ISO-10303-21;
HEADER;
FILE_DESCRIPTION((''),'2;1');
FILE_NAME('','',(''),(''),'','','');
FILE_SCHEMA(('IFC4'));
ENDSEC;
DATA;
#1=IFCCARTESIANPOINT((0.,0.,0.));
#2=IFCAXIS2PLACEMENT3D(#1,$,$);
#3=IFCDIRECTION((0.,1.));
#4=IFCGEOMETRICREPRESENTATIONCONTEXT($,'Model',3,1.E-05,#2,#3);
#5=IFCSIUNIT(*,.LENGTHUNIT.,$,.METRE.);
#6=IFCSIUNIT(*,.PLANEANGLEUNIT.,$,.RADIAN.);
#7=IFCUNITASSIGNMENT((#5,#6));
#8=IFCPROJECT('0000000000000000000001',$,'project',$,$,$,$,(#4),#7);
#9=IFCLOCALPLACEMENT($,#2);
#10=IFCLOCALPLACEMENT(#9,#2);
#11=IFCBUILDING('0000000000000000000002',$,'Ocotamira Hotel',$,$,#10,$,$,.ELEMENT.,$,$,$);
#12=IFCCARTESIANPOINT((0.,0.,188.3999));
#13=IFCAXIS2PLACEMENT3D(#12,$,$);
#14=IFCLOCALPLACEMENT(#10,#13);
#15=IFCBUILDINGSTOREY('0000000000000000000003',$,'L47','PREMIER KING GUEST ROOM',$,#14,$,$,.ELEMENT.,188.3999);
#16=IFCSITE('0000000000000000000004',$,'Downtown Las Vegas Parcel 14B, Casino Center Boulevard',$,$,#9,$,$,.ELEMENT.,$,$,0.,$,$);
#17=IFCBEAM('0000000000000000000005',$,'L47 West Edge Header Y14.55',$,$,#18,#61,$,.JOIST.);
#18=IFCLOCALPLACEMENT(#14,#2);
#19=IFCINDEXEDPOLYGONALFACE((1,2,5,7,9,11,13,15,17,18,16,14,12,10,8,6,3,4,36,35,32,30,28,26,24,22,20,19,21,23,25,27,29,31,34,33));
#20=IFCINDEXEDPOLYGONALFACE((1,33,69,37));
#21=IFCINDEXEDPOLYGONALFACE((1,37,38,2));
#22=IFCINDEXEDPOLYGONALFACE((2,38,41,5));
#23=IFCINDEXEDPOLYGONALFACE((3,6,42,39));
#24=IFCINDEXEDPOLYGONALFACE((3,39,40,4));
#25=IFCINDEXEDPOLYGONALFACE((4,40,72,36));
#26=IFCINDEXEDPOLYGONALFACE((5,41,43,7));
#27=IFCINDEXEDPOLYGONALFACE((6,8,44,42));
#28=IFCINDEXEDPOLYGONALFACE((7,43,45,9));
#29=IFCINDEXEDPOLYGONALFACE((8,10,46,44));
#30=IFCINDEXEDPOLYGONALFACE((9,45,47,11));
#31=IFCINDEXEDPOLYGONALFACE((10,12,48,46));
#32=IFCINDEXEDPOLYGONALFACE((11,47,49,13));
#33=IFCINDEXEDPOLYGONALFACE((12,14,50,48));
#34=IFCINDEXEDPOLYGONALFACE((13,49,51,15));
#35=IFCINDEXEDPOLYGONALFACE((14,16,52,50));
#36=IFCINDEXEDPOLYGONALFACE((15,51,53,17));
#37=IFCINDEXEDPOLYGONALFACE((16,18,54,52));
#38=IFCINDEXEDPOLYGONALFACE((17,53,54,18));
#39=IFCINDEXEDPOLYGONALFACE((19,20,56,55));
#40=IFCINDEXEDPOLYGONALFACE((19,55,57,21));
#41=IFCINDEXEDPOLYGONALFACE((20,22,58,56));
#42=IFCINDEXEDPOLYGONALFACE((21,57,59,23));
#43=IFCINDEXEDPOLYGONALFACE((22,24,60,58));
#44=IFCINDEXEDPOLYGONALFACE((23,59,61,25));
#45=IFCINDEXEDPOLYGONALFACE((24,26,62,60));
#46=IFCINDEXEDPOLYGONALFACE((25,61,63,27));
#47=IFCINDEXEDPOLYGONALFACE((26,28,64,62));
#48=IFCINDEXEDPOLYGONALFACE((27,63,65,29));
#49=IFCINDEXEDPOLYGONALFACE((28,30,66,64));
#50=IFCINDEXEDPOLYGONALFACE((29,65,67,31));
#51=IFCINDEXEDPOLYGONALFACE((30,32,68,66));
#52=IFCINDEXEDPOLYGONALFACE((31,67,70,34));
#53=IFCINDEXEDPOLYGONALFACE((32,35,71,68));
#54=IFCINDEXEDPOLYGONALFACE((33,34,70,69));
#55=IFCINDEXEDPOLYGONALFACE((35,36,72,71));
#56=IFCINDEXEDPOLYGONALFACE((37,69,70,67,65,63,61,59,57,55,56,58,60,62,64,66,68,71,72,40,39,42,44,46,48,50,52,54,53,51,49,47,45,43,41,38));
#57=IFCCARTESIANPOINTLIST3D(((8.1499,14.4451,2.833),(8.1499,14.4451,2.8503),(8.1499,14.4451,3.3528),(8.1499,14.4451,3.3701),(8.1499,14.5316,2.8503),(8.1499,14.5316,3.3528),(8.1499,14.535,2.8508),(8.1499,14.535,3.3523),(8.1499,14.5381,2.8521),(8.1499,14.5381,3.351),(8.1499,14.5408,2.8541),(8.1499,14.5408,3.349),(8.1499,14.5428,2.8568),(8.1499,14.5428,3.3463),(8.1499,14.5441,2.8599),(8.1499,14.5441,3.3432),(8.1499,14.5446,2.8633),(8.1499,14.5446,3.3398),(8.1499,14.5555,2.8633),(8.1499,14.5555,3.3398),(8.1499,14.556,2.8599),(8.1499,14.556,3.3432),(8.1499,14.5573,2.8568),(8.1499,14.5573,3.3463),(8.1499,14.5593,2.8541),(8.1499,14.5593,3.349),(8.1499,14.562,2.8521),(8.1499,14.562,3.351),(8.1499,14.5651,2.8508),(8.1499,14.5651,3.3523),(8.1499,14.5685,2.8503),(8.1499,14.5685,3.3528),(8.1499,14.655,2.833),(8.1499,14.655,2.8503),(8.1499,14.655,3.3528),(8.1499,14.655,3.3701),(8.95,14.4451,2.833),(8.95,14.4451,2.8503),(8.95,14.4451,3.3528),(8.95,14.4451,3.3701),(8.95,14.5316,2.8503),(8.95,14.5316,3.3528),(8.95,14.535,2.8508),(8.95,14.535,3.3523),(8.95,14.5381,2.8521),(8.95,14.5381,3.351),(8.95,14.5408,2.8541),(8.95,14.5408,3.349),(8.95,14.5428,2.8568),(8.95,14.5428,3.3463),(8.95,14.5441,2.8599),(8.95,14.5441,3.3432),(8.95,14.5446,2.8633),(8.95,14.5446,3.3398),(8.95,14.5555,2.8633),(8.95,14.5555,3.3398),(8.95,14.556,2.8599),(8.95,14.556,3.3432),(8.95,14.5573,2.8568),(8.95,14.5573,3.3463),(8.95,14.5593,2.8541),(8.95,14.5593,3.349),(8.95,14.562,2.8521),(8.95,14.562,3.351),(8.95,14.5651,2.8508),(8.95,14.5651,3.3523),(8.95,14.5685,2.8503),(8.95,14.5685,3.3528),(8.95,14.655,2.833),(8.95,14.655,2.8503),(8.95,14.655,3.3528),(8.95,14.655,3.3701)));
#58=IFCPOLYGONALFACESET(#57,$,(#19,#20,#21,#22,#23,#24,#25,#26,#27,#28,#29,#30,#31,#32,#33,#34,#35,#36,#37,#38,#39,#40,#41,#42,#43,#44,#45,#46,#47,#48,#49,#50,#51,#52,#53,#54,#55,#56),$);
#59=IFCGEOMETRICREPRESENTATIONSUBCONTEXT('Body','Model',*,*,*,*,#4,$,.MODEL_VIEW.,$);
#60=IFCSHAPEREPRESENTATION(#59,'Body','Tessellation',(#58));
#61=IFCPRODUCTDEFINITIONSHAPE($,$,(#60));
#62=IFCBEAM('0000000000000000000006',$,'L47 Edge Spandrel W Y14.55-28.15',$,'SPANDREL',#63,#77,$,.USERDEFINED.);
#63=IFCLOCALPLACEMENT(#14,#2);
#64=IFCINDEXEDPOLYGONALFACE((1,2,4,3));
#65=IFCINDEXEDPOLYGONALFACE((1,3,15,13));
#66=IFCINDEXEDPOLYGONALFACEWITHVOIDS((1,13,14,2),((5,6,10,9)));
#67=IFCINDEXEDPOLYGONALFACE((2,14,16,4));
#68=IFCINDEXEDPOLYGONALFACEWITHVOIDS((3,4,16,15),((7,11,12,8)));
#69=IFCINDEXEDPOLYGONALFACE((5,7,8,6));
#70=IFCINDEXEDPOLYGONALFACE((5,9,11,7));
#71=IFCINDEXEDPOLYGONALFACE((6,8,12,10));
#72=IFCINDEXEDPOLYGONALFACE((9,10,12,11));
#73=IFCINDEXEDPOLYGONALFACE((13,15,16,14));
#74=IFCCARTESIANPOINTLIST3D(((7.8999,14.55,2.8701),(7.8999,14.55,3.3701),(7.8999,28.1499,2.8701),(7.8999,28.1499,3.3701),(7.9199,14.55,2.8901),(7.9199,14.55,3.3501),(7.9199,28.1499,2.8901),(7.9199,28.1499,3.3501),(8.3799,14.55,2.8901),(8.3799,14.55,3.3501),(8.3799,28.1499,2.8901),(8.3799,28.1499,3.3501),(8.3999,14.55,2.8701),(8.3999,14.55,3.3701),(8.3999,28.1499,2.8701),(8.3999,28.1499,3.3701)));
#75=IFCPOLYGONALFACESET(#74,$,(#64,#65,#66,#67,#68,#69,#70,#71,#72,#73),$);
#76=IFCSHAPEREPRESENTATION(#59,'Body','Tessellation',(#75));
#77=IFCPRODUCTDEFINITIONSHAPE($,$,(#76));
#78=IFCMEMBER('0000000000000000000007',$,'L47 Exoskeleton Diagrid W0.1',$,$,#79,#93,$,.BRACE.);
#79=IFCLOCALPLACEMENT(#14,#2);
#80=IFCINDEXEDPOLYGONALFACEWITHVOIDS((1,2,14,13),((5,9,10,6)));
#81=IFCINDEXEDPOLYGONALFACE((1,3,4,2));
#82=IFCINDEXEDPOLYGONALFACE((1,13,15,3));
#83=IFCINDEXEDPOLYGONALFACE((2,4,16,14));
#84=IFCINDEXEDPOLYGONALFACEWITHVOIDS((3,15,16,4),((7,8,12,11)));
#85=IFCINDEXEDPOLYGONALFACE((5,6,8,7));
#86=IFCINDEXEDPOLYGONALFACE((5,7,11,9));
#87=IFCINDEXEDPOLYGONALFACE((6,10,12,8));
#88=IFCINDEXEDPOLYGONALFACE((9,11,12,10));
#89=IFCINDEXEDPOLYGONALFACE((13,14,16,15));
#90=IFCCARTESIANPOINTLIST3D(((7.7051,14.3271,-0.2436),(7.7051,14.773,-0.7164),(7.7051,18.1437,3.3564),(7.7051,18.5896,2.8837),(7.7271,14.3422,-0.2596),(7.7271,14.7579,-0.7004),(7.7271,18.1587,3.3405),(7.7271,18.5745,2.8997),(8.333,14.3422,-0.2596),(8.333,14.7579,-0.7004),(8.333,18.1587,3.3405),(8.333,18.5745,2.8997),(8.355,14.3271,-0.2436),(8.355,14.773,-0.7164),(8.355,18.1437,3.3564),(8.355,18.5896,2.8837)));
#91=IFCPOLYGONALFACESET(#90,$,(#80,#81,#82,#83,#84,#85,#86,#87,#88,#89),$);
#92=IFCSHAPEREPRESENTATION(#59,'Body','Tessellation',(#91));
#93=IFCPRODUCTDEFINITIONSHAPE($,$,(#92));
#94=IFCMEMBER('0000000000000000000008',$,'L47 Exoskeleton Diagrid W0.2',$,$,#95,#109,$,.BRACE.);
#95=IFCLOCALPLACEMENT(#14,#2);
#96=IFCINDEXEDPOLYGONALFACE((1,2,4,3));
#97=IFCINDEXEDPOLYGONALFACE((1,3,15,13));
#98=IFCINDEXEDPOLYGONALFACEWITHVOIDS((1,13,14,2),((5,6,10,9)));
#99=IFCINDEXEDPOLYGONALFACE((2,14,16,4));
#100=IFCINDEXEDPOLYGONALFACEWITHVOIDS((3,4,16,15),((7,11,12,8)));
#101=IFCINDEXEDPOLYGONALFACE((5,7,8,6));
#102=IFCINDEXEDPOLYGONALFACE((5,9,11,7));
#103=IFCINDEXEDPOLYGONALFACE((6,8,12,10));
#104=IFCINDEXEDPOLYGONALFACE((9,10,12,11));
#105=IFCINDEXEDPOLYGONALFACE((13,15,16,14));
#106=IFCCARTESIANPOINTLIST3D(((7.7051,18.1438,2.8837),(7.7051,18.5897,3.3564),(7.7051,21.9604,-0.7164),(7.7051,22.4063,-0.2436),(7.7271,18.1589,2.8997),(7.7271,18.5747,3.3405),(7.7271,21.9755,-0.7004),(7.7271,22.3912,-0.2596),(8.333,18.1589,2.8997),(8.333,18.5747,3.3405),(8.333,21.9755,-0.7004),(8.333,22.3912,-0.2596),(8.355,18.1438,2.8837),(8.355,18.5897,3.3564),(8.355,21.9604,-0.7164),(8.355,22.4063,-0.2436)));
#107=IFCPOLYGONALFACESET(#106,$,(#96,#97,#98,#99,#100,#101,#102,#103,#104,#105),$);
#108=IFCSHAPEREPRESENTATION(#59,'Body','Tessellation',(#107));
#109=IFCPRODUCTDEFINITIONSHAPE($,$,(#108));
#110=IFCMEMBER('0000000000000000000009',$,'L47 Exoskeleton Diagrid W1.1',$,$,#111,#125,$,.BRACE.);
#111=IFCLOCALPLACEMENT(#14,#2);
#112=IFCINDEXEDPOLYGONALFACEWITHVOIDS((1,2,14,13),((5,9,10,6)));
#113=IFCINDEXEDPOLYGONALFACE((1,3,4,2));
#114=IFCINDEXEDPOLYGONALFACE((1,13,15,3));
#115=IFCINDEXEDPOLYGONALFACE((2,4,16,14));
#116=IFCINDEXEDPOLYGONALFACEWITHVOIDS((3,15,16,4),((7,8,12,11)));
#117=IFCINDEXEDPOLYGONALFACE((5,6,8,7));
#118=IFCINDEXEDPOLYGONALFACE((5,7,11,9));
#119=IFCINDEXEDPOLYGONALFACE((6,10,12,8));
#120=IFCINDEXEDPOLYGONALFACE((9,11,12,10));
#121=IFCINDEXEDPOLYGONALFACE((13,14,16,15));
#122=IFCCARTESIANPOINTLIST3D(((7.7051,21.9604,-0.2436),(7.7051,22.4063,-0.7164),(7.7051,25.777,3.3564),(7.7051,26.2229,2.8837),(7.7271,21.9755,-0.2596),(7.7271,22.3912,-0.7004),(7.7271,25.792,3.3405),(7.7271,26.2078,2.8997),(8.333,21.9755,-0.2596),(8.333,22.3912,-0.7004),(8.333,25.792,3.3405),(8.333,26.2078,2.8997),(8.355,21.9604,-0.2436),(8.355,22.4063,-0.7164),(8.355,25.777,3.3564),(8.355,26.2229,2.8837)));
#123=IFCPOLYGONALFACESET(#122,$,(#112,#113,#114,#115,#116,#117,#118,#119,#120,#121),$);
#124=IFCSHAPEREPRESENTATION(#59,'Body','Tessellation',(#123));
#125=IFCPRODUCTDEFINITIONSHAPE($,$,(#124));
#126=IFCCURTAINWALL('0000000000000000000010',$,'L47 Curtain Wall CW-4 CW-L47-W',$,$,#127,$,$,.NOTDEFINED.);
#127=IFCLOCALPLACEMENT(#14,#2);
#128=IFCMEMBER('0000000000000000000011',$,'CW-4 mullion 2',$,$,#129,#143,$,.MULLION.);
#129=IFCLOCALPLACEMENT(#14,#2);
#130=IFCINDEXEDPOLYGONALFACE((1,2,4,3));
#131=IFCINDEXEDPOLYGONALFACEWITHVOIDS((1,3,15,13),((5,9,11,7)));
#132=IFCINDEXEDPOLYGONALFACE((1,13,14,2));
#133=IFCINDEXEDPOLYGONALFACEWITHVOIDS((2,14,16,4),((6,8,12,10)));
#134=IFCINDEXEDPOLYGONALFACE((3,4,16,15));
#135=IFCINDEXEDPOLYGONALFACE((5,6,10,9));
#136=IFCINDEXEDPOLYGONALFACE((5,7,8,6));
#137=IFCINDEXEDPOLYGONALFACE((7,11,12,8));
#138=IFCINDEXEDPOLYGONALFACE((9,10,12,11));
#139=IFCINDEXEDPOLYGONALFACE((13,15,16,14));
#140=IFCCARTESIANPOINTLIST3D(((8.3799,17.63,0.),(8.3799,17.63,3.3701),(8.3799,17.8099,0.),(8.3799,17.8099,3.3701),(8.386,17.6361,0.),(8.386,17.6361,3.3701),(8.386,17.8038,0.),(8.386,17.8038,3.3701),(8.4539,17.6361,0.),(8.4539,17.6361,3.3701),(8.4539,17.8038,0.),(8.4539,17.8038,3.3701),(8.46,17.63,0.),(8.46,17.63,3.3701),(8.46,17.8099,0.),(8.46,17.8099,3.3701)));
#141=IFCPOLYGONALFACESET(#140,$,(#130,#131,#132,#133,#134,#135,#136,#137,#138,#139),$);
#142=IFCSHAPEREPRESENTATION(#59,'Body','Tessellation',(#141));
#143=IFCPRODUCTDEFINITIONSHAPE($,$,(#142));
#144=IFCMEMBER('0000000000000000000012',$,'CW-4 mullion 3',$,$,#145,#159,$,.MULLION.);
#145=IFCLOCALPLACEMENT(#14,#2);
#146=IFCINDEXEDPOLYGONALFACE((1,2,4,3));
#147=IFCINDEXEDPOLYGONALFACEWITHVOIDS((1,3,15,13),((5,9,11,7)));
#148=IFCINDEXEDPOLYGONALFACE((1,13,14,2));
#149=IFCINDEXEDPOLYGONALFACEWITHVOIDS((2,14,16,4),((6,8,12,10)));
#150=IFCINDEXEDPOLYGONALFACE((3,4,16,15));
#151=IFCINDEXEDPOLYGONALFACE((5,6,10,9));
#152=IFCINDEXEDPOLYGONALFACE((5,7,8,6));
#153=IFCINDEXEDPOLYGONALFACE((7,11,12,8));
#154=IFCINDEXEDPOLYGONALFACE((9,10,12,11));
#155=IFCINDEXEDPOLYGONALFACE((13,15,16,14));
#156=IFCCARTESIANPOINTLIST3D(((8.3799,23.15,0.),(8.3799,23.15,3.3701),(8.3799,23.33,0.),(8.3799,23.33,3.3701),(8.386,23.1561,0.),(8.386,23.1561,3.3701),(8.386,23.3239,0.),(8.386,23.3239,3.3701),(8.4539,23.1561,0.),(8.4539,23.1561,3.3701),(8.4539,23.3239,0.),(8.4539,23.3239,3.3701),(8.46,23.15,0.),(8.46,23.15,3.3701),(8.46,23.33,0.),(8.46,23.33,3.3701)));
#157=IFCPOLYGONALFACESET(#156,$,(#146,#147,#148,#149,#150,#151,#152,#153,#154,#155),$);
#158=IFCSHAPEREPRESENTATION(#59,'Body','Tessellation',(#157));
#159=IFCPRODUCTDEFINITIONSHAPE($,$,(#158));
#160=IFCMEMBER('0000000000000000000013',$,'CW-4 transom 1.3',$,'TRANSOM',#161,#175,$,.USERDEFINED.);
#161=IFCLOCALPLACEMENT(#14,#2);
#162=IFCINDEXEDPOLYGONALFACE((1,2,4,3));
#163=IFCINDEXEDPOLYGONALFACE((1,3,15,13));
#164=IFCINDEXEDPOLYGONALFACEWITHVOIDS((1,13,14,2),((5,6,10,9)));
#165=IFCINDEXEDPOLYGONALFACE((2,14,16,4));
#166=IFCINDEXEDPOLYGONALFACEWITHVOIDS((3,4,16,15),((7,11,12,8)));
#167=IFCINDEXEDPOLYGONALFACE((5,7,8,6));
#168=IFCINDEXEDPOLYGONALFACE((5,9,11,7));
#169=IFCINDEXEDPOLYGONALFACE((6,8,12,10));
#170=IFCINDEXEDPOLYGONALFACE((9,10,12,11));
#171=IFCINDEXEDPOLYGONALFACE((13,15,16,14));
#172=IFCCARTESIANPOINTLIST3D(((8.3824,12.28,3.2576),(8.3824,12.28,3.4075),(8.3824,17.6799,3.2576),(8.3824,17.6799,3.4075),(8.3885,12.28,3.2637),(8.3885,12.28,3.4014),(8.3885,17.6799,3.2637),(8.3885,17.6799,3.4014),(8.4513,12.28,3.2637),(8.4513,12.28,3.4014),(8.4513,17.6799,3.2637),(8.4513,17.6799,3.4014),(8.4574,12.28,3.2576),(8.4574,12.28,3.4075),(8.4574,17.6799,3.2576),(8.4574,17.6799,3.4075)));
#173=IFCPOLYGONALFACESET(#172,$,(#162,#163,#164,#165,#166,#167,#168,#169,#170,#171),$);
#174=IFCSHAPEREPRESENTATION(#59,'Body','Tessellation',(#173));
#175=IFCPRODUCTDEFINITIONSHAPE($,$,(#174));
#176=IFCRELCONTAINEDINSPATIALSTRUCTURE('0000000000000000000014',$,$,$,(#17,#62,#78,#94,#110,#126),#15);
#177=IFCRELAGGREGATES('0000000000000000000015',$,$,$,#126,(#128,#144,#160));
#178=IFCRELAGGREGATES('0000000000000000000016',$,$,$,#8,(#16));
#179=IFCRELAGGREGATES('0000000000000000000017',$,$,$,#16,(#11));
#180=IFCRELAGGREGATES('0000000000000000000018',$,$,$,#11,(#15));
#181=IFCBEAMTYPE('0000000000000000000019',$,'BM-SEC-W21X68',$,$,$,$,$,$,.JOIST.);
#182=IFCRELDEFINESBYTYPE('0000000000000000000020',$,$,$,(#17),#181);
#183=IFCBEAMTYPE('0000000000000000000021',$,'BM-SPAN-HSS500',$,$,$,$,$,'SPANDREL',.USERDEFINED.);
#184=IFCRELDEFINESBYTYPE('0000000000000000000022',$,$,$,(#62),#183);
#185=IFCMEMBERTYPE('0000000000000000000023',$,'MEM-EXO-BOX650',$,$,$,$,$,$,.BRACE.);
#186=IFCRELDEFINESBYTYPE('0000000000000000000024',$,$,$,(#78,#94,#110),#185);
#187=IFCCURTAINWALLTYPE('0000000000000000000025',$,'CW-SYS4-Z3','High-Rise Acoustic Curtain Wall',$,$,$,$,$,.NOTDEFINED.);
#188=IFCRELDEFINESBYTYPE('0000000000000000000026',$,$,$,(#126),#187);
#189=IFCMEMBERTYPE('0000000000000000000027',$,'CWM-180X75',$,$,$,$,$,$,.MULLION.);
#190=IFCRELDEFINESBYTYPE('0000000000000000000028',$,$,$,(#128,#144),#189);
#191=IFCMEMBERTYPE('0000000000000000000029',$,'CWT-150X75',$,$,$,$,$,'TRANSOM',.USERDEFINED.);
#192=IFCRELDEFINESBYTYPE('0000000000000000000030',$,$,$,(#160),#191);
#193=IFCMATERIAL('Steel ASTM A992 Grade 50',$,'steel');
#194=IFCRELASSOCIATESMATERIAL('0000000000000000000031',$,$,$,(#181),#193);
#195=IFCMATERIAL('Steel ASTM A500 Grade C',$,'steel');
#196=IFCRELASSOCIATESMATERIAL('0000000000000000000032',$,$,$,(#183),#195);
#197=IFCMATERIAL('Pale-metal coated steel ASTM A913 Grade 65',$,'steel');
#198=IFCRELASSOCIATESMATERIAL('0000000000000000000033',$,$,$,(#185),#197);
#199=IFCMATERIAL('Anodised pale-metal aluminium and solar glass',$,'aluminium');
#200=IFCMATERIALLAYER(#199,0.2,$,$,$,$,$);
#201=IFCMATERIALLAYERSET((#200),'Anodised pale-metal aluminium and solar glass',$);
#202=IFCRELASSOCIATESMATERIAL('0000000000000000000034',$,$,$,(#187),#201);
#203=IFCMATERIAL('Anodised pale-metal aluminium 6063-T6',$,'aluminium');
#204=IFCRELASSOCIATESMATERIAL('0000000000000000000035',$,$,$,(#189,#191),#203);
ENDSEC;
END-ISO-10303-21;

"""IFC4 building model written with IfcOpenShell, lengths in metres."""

from ifc_helpers import new_model, si_unit, direction, frame, origin, origin_2d, place, context, subcontext, project, spatial, hollow_rectangle, i_section, extrude, source, transform, mapped, material, layer, layer_set, material_profile, profile_set, type_object, element, aggregate, save


model = new_model("IFC4")

# Units and contexts
model_context = context("Model", 3, precision=1e-05, world=origin(), true_north=direction((0.0, 1.0)))
body_context = subcontext(model_context, "Body", "Model", "MODEL_VIEW")
ifc_project = project(units=[si_unit("LENGTHUNIT", "METRE"), si_unit("PLANEANGLEUNIT", "RADIAN")], contexts=[model_context])

# Site, building, storey
site_placement = place(None, origin())
site = spatial("IfcSite", under=ifc_project, at=site_placement, Name="Downtown Las Vegas Parcel 14B, Casino Center Boulevard", CompositionType="ELEMENT", RefElevation=0.0)
building_placement = place(site_placement, origin())
building = spatial("IfcBuilding", under=site, at=building_placement, Name="Ocotamira Hotel", CompositionType="ELEMENT")
storey_placement = place(building_placement, frame((0.0, 0.0, 188.3999)))
storey = spatial("IfcBuildingStorey", under=building, at=storey_placement, Name="L47", Description="PREMIER KING GUEST ROOM", CompositionType="ELEMENT", Elevation=188.3999)

# Beams
ifc_material_1 = material(Name="Steel ASTM A992 Grade 50", Category="steel")
ifc_material_profile_1 = material_profile(ifc_material_1, i_section(OverallWidth=0.21, OverallDepth=0.5371, WebThickness=0.011, FlangeThickness=0.0173, FilletRadius=0.0129, at=origin_2d()), Name="W21X68")
ifc_profile_set_1 = profile_set([ifc_material_profile_1], Name="Steel ASTM A992 Grade 50")
beam_type_1 = type_object("IfcBeamType", Name="BM-SEC-W21X68", PredefinedType="JOIST", material=ifc_profile_set_1)
shared_shape_1 = source(origin(), body_context, "Body", "SweptSolid", [
    extrude(i_section(OverallWidth=0.21, OverallDepth=0.5371, WebThickness=0.011, FlangeThickness=0.0173, FilletRadius=0.0129, at=origin_2d()), origin(), (0.0, 0.0, 1.0), 0.8),
])
beam_1_placement = place(storey_placement, frame((8.95, 14.55, 3.1016), z_axis=(-1.0, 0.0, 0.0), x_axis=(0.0, -1.0, 0.0)))
element("IfcBeam", 1, at=beam_1_placement, inside=storey, type_object=beam_type_1, Name="L47 West Edge Header Y14.55", PredefinedType="JOIST", context=body_context, shape_type="MappedRepresentation", body=[
    mapped(shared_shape_1, transform((0.0, 0.0, 0.0), scale=1.0)),
])
ifc_material_2 = material(Name="Steel ASTM A500 Grade C", Category="steel")
ifc_material_profile_2 = material_profile(ifc_material_2, hollow_rectangle(XDim=0.5, YDim=0.5, WallThickness=0.02, at=origin_2d()), Name="HSS500X500X20")
ifc_profile_set_2 = profile_set([ifc_material_profile_2], Name="Steel ASTM A500 Grade C")
beam_type_2 = type_object("IfcBeamType", Name="BM-SPAN-HSS500", ElementType="SPANDREL", PredefinedType="USERDEFINED", material=ifc_profile_set_2)
shared_shape_2 = source(origin(), body_context, "Body", "SweptSolid", [
    extrude(hollow_rectangle(XDim=0.5, YDim=0.5, WallThickness=0.02, at=origin_2d()), origin(), (0.0, 0.0, 1.0), 13.5999),
])
beam_2_placement = place(storey_placement, frame((8.1499, 14.55, 3.1201), z_axis=(0.0, 1.0, 0.0), x_axis=(-1.0, 0.0, 0.0)))
element("IfcBeam", 2, at=beam_2_placement, inside=storey, type_object=beam_type_2, Name="L47 Edge Spandrel W Y14.55-28.15", ObjectType="SPANDREL", PredefinedType="USERDEFINED", context=body_context, shape_type="MappedRepresentation", body=[
    mapped(shared_shape_2, transform((0.0, 0.0, 0.0), scale=1.0)),
])

# Members
ifc_material_3 = material(Name="Pale-metal coated steel ASTM A913 Grade 65", Category="steel")
ifc_material_profile_3 = material_profile(ifc_material_3, hollow_rectangle(XDim=0.6499, YDim=0.6499, WallThickness=0.022, at=origin_2d()), Name="BOX650X650X22")
ifc_profile_set_3 = profile_set([ifc_material_profile_3], Name="Pale-metal coated steel ASTM A913 Grade 65")
member_type_1 = type_object("IfcMemberType", Name="MEM-EXO-BOX650", PredefinedType="BRACE", material=ifc_profile_set_3)
shared_shape_3 = source(origin(), body_context, "Body", "SweptSolid", [
    extrude(hollow_rectangle(XDim=0.6499, YDim=0.6499, WallThickness=0.022, at=origin_2d()), origin(), (0.0, 0.0, 1.0), 5.2466),
])
for number, where, z_axis, x_axis, name in (
    (3, (8.03, 14.55, -0.48), (0.0, 0.727443, 0.686168), (-1.0, 0.0, 0.0), "L47 Exoskeleton Diagrid W0.1"),
    (4, (8.03, 22.1833, -0.48), (0.0, -0.727443, 0.686168), (1.0, 0.0, 0.0), "L47 Exoskeleton Diagrid W0.2"),
    (5, (8.03, 22.1833, -0.48), (0.0, 0.727443, 0.686168), (-1.0, 0.0, 0.0), "L47 Exoskeleton Diagrid W1.1"),
):
    element("IfcMember", number, at=place(storey_placement, frame(where, z_axis=z_axis, x_axis=x_axis)), inside=storey, type_object=member_type_1, Name=name, PredefinedType="BRACE", context=body_context, shape_type="MappedRepresentation", body=[
        mapped(shared_shape_3, transform((0.0, 0.0, 0.0), scale=1.0)),
    ])

# Curtain wall, members
ifc_material_4 = material(Name="Anodised pale-metal aluminium and solar glass", Category="aluminium")
ifc_layer_1 = layer(ifc_material_4, 0.2)
ifc_layer_set_1 = layer_set([ifc_layer_1], Name="Anodised pale-metal aluminium and solar glass")
curtain_wall_type = type_object("IfcCurtainWallType", Name="CW-SYS4-Z3", Description="High-Rise Acoustic Curtain Wall", PredefinedType="NOTDEFINED", material=ifc_layer_set_1)
curtain_wall_placement = place(storey_placement, origin())
curtain_wall = element("IfcCurtainWall", 6, at=curtain_wall_placement, inside=storey, type_object=curtain_wall_type, Name="L47 Curtain Wall CW-4 CW-L47-W", PredefinedType="NOTDEFINED")
ifc_material_5 = material(Name="Anodised pale-metal aluminium 6063-T6", Category="aluminium")
ifc_material_profile_4 = material_profile(ifc_material_5, hollow_rectangle(XDim=0.0801, YDim=0.1799, WallThickness=0.0061, at=origin_2d()), Name="HSS180X80X6")
ifc_profile_set_4 = profile_set([ifc_material_profile_4], Name="Anodised pale-metal aluminium 6063-T6")
member_type_2 = type_object("IfcMemberType", Name="CWM-180X75", PredefinedType="MULLION", material=ifc_profile_set_4)
shared_shape_4 = source(origin(), body_context, "Body", "SweptSolid", [
    extrude(hollow_rectangle(XDim=0.0801, YDim=0.1799, WallThickness=0.0061, at=origin_2d()), origin(), (0.0, 0.0, 1.0), 3.3701),
])
member_1_placement = place(storey_placement, frame((8.4199, 17.72, 0.0), z_axis=(0.0, 0.0, 1.0), x_axis=(-1.0, 0.0, 0.0)))
member_1 = element("IfcMember", 7, at=member_1_placement, type_object=member_type_2, Name="CW-4 mullion 2", PredefinedType="MULLION", context=body_context, shape_type="MappedRepresentation", body=[
    mapped(shared_shape_4, transform((0.0, 0.0, 0.0), scale=1.0)),
])
member_2_placement = place(storey_placement, frame((8.4199, 23.24, 0.0), z_axis=(0.0, 0.0, 1.0), x_axis=(-1.0, 0.0, 0.0)))
member_2 = element("IfcMember", 8, at=member_2_placement, type_object=member_type_2, Name="CW-4 mullion 3", PredefinedType="MULLION", context=body_context, shape_type="MappedRepresentation", body=[
    mapped(shared_shape_4, transform((0.0, 0.0, 0.0), scale=1.0)),
])
ifc_material_profile_5 = material_profile(ifc_material_5, hollow_rectangle(XDim=0.075, YDim=0.1499, WallThickness=0.0061, at=origin_2d()), Name="HSS150X75X6")
ifc_profile_set_5 = profile_set([ifc_material_profile_5], Name="Anodised pale-metal aluminium 6063-T6")
member_type_3 = type_object("IfcMemberType", Name="CWT-150X75", ElementType="TRANSOM", PredefinedType="USERDEFINED", material=ifc_profile_set_5)
shared_shape_5 = source(origin(), body_context, "Body", "SweptSolid", [
    extrude(hollow_rectangle(XDim=0.075, YDim=0.1499, WallThickness=0.0061, at=origin_2d()), origin(), (0.0, 0.0, 1.0), 5.3999),
])
member_3_placement = place(storey_placement, frame((8.4199, 12.28, 3.3325), z_axis=(0.0, 1.0, 0.0), x_axis=(-1.0, 0.0, 0.0)))
member_3 = element("IfcMember", 9, at=member_3_placement, type_object=member_type_3, Name="CW-4 transom 1.3", ObjectType="TRANSOM", PredefinedType="USERDEFINED", context=body_context, shape_type="MappedRepresentation", body=[
    mapped(shared_shape_5, transform((0.0, 0.0, 0.0), scale=1.0)),
])

aggregate(curtain_wall, [member_1, member_2, member_3])

save(model, "model.ifc")
